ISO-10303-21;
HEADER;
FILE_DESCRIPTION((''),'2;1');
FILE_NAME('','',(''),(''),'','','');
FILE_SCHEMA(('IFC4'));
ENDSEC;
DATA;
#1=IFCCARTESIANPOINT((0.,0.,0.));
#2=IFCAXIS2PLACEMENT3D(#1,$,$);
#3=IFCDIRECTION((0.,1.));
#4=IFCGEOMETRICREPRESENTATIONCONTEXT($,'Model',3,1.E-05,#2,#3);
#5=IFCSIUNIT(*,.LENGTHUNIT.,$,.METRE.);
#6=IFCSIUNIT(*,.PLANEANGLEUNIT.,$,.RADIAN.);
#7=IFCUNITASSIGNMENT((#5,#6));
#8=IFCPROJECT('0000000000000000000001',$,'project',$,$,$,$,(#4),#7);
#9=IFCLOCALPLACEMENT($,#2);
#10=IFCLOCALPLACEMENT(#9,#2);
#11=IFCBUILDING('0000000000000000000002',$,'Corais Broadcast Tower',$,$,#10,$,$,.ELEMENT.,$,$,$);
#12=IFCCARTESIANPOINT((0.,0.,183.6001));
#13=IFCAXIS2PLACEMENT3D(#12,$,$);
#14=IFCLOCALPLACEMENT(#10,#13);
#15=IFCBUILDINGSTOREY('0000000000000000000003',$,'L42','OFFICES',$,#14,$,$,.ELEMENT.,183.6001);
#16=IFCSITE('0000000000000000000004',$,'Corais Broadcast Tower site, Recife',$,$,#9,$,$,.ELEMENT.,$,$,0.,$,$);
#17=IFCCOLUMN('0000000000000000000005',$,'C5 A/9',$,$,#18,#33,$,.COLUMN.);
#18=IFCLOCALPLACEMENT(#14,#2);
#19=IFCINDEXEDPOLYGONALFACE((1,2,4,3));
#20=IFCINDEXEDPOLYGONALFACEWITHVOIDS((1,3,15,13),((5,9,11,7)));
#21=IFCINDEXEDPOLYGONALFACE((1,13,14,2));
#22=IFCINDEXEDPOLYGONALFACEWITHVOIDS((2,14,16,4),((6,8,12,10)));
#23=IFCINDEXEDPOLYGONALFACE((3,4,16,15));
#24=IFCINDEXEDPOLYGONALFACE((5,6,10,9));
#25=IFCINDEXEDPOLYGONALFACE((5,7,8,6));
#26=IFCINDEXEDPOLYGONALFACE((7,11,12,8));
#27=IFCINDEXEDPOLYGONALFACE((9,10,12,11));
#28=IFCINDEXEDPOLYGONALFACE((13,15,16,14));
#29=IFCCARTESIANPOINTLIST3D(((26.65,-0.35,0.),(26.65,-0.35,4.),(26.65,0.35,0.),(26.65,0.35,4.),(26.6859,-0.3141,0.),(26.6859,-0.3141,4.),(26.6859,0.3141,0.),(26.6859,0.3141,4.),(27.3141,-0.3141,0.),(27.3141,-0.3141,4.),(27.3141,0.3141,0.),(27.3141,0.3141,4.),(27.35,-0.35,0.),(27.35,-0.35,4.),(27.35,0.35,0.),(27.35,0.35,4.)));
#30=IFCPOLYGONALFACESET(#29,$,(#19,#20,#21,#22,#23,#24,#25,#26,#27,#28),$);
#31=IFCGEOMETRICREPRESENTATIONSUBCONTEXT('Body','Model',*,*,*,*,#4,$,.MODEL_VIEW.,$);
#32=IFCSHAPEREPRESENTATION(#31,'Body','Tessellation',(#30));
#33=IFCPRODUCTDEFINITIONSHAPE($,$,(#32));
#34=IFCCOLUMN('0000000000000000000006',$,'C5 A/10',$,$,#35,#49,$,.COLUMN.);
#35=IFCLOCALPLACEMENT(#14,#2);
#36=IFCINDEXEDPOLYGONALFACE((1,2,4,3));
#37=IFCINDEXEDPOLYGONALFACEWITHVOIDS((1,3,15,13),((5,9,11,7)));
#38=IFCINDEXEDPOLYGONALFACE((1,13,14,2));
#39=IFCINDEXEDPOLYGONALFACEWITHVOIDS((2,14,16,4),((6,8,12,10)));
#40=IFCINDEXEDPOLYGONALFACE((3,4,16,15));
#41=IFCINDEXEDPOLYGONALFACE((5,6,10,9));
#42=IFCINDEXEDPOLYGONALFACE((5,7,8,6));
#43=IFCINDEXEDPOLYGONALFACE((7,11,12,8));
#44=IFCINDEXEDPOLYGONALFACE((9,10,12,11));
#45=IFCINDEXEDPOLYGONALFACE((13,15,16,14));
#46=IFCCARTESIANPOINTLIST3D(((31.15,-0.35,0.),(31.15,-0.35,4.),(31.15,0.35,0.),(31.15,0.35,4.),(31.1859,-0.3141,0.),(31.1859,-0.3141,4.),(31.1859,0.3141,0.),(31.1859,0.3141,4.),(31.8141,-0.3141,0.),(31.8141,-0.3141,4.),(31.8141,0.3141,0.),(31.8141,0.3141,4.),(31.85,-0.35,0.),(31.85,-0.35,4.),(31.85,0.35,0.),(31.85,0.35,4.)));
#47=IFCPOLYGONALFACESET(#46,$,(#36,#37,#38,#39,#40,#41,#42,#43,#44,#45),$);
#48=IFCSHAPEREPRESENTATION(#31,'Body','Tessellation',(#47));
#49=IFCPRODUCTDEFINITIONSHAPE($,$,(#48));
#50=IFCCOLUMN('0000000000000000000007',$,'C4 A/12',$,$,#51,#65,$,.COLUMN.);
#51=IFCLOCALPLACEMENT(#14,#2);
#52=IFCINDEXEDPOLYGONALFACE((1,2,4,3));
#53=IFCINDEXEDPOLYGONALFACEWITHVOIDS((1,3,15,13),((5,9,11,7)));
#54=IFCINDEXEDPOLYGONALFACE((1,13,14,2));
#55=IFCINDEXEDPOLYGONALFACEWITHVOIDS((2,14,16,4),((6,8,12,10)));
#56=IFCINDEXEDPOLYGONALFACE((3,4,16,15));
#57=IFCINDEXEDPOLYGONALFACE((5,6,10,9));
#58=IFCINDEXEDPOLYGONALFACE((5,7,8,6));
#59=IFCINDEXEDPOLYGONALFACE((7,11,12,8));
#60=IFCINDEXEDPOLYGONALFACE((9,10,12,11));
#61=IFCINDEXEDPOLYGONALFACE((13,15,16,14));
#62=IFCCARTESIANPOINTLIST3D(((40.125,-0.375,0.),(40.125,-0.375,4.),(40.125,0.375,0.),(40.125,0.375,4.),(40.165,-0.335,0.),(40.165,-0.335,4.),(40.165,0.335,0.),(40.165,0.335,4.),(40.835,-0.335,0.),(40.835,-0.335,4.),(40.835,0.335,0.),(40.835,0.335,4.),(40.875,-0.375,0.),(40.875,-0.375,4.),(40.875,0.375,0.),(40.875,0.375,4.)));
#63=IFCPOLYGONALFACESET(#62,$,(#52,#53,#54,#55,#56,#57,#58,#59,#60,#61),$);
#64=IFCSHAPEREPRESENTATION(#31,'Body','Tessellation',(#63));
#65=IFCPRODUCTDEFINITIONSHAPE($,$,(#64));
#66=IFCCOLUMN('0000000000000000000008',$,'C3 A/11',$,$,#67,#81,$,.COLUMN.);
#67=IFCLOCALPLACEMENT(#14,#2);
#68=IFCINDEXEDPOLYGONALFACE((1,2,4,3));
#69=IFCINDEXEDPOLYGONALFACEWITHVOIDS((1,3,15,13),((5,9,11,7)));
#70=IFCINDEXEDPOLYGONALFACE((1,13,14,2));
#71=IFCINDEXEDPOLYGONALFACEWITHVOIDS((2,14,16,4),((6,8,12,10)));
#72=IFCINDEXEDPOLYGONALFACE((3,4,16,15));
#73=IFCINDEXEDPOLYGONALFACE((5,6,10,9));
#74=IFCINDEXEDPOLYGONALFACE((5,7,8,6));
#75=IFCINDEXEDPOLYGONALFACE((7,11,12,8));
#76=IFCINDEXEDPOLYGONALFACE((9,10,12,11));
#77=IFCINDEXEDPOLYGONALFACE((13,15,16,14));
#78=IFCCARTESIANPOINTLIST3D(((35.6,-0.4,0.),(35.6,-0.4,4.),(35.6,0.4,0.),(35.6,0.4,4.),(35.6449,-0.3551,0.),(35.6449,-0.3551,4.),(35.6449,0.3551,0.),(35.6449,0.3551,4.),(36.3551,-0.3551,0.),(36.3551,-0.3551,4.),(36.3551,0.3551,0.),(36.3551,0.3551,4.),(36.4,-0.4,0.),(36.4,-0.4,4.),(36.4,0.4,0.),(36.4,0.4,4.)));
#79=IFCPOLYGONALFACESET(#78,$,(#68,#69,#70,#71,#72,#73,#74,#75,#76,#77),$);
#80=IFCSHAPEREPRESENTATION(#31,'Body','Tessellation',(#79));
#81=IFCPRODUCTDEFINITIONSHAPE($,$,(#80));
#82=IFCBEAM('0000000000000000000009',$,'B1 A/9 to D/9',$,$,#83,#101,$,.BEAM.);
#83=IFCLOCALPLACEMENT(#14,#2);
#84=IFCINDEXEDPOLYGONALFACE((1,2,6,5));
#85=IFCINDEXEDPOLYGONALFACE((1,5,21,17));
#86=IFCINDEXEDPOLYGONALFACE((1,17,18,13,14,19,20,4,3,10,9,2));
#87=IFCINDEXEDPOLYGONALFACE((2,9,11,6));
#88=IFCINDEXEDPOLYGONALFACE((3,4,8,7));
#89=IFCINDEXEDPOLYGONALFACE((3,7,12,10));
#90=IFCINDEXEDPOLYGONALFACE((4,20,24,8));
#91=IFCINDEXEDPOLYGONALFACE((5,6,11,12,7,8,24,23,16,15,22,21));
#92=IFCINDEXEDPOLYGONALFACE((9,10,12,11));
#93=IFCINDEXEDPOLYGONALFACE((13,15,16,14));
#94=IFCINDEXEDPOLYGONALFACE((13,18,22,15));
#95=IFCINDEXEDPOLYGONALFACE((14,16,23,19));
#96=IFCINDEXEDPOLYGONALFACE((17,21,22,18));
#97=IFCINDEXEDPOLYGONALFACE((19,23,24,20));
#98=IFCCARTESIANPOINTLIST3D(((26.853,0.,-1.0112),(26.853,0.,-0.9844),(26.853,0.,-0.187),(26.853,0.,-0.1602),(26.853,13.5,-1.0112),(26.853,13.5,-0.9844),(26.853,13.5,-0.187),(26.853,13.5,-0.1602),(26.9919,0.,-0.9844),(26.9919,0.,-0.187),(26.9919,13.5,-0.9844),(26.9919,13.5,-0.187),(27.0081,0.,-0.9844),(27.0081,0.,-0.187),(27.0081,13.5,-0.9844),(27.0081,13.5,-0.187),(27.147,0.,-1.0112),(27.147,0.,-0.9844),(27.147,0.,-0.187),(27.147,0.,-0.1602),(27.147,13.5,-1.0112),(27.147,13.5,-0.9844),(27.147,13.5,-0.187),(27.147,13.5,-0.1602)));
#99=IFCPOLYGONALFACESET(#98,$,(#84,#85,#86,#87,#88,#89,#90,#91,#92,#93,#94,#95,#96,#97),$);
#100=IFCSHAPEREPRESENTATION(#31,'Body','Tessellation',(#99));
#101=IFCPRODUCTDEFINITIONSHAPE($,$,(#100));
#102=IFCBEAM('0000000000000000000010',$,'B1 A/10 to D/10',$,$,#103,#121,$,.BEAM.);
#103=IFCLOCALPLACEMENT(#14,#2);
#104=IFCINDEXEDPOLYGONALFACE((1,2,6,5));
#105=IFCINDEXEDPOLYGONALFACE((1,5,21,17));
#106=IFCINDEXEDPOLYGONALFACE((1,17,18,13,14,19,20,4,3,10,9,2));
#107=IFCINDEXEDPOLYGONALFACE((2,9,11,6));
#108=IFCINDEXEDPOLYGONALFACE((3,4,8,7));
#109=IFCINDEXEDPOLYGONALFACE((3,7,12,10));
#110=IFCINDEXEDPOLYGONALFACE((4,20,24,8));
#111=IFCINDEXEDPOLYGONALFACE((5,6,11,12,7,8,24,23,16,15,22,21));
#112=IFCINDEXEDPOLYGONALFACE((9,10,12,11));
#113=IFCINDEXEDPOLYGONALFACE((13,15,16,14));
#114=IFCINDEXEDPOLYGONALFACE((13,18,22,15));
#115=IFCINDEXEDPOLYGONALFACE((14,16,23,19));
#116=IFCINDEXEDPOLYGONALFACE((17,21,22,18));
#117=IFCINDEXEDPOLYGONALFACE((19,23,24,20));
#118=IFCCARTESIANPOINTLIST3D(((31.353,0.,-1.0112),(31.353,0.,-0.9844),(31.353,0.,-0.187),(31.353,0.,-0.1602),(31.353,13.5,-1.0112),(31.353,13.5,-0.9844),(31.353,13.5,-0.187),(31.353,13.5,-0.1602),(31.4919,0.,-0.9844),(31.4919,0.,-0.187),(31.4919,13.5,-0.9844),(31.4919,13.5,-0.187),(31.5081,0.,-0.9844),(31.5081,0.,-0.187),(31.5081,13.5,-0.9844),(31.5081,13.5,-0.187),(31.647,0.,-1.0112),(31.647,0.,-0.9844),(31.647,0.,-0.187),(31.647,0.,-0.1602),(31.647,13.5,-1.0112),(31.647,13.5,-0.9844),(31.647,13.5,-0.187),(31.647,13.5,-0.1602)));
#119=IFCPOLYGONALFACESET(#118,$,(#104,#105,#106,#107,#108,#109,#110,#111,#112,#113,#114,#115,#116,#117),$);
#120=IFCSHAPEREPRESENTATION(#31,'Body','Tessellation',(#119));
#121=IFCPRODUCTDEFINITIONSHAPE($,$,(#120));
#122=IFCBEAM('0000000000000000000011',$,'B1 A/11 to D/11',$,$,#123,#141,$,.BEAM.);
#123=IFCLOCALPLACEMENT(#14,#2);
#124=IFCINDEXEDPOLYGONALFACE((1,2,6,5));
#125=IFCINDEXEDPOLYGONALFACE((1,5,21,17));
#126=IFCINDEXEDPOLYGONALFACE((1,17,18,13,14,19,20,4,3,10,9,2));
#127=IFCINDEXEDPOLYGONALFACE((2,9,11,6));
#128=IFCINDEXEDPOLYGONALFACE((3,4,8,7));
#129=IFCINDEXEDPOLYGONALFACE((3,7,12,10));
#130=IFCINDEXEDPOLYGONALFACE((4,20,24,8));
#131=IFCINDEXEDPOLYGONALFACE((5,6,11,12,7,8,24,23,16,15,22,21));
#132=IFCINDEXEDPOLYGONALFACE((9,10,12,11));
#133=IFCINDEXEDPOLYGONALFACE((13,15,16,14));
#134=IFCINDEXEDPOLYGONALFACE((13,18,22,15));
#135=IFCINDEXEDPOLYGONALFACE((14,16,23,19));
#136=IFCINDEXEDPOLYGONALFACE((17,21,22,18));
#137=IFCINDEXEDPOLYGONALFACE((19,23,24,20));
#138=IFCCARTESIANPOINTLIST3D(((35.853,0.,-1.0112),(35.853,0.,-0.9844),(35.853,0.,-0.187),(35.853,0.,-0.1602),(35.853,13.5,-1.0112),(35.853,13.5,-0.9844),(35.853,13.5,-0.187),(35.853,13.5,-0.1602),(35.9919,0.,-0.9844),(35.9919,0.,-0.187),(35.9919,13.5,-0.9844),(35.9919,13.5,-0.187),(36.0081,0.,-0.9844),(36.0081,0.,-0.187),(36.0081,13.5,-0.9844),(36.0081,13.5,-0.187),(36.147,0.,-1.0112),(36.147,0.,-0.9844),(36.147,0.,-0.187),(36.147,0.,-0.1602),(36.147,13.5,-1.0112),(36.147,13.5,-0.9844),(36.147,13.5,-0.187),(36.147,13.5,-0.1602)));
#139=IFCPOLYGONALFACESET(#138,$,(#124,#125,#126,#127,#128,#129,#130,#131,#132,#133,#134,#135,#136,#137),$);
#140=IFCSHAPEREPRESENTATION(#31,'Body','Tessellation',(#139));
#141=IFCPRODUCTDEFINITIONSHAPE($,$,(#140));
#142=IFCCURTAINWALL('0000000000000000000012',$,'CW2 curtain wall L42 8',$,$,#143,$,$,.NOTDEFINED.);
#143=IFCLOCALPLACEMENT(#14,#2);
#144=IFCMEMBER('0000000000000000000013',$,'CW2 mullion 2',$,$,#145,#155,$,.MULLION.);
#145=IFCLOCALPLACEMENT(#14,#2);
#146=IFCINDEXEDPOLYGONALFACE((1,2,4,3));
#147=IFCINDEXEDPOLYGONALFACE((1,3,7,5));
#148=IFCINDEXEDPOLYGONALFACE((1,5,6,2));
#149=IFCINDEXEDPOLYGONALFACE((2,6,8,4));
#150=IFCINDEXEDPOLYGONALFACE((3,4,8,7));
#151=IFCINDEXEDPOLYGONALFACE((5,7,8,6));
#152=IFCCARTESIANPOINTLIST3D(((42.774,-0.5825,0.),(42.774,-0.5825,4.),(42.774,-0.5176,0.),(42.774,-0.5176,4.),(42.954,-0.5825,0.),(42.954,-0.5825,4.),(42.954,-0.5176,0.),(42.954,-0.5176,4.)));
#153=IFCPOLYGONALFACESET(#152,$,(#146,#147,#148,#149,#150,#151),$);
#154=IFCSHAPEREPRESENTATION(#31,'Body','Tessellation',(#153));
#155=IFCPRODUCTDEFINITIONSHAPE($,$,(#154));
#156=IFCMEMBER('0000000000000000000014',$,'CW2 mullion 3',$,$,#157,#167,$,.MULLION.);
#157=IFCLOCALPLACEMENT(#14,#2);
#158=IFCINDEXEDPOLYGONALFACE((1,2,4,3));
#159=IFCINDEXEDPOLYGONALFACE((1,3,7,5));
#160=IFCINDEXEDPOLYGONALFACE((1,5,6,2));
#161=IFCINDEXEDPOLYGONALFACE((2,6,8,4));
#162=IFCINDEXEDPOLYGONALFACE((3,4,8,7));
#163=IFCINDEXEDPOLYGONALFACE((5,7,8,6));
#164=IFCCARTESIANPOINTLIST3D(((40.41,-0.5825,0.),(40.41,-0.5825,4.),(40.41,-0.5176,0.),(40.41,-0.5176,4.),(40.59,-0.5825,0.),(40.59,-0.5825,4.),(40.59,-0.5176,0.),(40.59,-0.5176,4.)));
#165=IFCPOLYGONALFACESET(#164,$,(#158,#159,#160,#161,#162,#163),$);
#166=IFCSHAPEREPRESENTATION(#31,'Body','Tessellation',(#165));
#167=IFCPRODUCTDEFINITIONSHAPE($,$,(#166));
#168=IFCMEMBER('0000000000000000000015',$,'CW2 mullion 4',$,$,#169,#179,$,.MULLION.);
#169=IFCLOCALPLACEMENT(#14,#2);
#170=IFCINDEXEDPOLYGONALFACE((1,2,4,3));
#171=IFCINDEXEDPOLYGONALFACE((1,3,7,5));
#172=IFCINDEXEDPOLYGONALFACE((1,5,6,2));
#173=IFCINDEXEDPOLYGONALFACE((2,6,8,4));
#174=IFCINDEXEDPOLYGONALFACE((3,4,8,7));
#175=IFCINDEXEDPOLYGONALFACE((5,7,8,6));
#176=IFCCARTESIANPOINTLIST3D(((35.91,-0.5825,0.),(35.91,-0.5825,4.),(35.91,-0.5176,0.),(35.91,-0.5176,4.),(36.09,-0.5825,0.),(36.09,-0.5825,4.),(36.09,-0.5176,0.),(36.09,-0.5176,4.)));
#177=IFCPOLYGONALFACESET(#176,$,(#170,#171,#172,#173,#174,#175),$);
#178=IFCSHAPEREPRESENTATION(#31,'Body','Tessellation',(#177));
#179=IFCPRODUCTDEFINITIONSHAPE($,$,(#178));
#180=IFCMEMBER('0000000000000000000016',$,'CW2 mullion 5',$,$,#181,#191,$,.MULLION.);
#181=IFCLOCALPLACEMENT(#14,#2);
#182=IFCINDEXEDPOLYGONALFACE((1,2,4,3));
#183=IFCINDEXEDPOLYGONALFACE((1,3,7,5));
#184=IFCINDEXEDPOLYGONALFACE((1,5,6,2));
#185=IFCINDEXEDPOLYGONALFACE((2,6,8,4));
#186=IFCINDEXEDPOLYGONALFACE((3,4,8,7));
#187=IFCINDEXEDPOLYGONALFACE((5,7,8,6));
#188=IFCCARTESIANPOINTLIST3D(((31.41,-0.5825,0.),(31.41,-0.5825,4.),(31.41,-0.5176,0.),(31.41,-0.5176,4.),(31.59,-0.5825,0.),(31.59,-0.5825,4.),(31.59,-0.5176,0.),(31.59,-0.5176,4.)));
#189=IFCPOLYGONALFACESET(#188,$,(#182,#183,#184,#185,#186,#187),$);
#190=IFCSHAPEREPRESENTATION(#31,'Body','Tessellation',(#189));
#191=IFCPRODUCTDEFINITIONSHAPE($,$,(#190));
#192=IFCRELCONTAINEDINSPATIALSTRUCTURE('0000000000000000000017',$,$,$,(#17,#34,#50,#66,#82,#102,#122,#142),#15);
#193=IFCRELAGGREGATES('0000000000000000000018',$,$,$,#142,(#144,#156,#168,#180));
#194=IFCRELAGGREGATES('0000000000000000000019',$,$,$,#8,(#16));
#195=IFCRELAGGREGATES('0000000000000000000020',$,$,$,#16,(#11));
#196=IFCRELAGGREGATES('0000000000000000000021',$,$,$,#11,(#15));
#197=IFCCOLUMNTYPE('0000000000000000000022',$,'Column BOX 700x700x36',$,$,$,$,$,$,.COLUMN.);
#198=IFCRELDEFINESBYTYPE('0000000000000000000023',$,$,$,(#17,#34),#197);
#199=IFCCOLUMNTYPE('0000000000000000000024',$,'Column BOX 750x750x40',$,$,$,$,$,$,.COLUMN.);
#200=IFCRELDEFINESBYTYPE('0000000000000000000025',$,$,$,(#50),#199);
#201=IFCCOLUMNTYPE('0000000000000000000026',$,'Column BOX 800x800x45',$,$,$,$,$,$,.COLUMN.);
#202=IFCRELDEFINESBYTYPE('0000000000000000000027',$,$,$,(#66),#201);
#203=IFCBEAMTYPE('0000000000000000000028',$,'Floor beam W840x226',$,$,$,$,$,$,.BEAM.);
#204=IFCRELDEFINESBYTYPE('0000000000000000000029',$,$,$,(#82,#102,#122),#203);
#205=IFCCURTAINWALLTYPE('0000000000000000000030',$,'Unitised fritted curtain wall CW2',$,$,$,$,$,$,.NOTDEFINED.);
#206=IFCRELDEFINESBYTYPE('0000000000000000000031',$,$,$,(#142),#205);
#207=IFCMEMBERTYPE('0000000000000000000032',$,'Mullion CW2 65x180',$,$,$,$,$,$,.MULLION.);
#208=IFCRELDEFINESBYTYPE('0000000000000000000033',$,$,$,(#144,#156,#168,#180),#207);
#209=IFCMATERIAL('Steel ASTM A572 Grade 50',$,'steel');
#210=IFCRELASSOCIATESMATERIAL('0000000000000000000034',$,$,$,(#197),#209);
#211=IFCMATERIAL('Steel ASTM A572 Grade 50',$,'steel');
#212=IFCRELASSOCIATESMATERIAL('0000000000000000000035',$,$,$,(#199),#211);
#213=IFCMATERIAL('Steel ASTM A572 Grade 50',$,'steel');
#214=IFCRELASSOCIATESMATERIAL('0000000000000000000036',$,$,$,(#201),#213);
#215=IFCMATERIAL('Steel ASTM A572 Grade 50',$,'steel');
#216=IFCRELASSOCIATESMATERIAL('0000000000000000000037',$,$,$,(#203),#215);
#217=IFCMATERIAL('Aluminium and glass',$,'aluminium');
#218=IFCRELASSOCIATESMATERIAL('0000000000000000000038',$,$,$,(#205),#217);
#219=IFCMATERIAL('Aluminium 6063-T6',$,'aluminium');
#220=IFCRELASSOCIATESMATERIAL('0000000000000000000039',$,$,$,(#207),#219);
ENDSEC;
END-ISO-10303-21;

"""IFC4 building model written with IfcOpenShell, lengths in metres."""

from ifc_helpers import new_model, si_unit, direction, frame, origin, origin_2d, place, context, subcontext, project, spatial, rectangle, hollow_rectangle, i_section, extrude, material, material_profile, profile_set, type_object, element, aggregate, save


model = new_model("IFC4")

# Units and contexts
model_context = context("Model", 3, precision=1e-05, world=origin(), true_north=direction((0.0, 1.0)))
body_context = subcontext(model_context, "Body", "Model", "MODEL_VIEW")
ifc_project = project(units=[si_unit("LENGTHUNIT", "METRE"), si_unit("PLANEANGLEUNIT", "RADIAN")], contexts=[model_context])

# Site, building, storey
site_placement = place(None, origin())
site = spatial("IfcSite", under=ifc_project, at=site_placement, Name="Corais Broadcast Tower site, Recife", CompositionType="ELEMENT", RefElevation=0.0)
building_placement = place(site_placement, origin())
building = spatial("IfcBuilding", under=site, at=building_placement, Name="Corais Broadcast Tower", CompositionType="ELEMENT")
storey_placement = place(building_placement, frame((0.0, 0.0, 183.6001)))
storey = spatial("IfcBuildingStorey", under=building, at=storey_placement, Name="L42", Description="OFFICES", CompositionType="ELEMENT", Elevation=183.6001)

# Columns
ifc_material_1 = material(Name="Steel ASTM A572 Grade 50", Category="steel")
ifc_material_profile_1 = material_profile(ifc_material_1, hollow_rectangle(XDim=0.7, YDim=0.7, WallThickness=0.0359, at=origin_2d()), Name="BOX 700x700x36")
ifc_profile_set_1 = profile_set([ifc_material_profile_1], Name="Steel ASTM A572 Grade 50")
column_type_1 = type_object("IfcColumnType", Name="Column BOX 700x700x36", PredefinedType="COLUMN", material=ifc_profile_set_1)
for number, where, z_axis, x_axis, name in (
    (1, (27.0, 0.0, 0.0), (0.0, 0.0, 1.0), (1.0, 0.0, 0.0), "C5 A/9"),
    (2, (31.5, 0.0, 0.0), (0.0, 0.0, 1.0), (1.0, 0.0, 0.0), "C5 A/10"),
):
    element("IfcColumn", number, at=place(storey_placement, frame(where, z_axis=z_axis, x_axis=x_axis)), inside=storey, type_object=column_type_1, Name=name, PredefinedType="COLUMN", context=body_context, shape_type="SweptSolid", body=[
        extrude(hollow_rectangle(XDim=0.7, YDim=0.7, WallThickness=0.0359, at=origin_2d()), origin(), (0.0, 0.0, 1.0), 4.0),
    ])
ifc_material_2 = material(Name="Steel ASTM A572 Grade 50", Category="steel")
ifc_material_profile_2 = material_profile(ifc_material_2, hollow_rectangle(XDim=0.75, YDim=0.75, WallThickness=0.04, at=origin_2d()), Name="BOX 750x750x40")
ifc_profile_set_2 = profile_set([ifc_material_profile_2], Name="Steel ASTM A572 Grade 50")
column_type_2 = type_object("IfcColumnType", Name="Column BOX 750x750x40", PredefinedType="COLUMN", material=ifc_profile_set_2)
column_1_placement = place(storey_placement, frame((40.5, 0.0, 0.0), z_axis=(0.0, 0.0, 1.0), x_axis=(1.0, 0.0, 0.0)))
element("IfcColumn", 3, at=column_1_placement, inside=storey, type_object=column_type_2, Name="C4 A/12", PredefinedType="COLUMN", context=body_context, shape_type="SweptSolid", body=[
    extrude(hollow_rectangle(XDim=0.75, YDim=0.75, WallThickness=0.04, at=origin_2d()), origin(), (0.0, 0.0, 1.0), 4.0),
])
ifc_material_3 = material(Name="Steel ASTM A572 Grade 50", Category="steel")
ifc_material_profile_3 = material_profile(ifc_material_3, hollow_rectangle(XDim=0.8, YDim=0.8, WallThickness=0.0449, at=origin_2d()), Name="BOX 800x800x45")
ifc_profile_set_3 = profile_set([ifc_material_profile_3], Name="Steel ASTM A572 Grade 50")
column_type_3 = type_object("IfcColumnType", Name="Column BOX 800x800x45", PredefinedType="COLUMN", material=ifc_profile_set_3)
column_2_placement = place(storey_placement, frame((36.0, 0.0, 0.0), z_axis=(0.0, 0.0, 1.0), x_axis=(1.0, 0.0, 0.0)))
element("IfcColumn", 4, at=column_2_placement, inside=storey, type_object=column_type_3, Name="C3 A/11", PredefinedType="COLUMN", context=body_context, shape_type="SweptSolid", body=[
    extrude(hollow_rectangle(XDim=0.8, YDim=0.8, WallThickness=0.0449, at=origin_2d()), origin(), (0.0, 0.0, 1.0), 4.0),
])

# Beams
ifc_material_4 = material(Name="Steel ASTM A572 Grade 50", Category="steel")
ifc_material_profile_4 = material_profile(ifc_material_4, i_section(OverallWidth=0.2939, OverallDepth=0.8511, WebThickness=0.0161, FlangeThickness=0.0269, at=origin_2d()), Name="W840x226")
ifc_profile_set_4 = profile_set([ifc_material_profile_4], Name="Steel ASTM A572 Grade 50")
beam_type_1 = type_object("IfcBeamType", Name="Floor beam W840x226", PredefinedType="BEAM", material=ifc_profile_set_4)
for number, where, z_axis, x_axis, name in (
    (5, (27.0, 0.0, -0.5857), (0.0, 1.0, 0.0), (-1.0, 0.0, 0.0), "B1 A/9 to D/9"),
    (6, (31.5, 0.0, -0.5857), (0.0, 1.0, 0.0), (-1.0, 0.0, 0.0), "B1 A/10 to D/10"),
    (7, (36.0, 0.0, -0.5857), (0.0, 1.0, 0.0), (-1.0, 0.0, 0.0), "B1 A/11 to D/11"),
):
    element("IfcBeam", number, at=place(storey_placement, frame(where, z_axis=z_axis, x_axis=x_axis)), inside=storey, type_object=beam_type_1, Name=name, PredefinedType="BEAM", context=body_context, shape_type="SweptSolid", body=[
        extrude(i_section(OverallWidth=0.2939, OverallDepth=0.8511, WebThickness=0.0161, FlangeThickness=0.0269, at=origin_2d()), origin(), (0.0, 0.0, 1.0), 13.5),
    ])

# Curtain wall, members
ifc_material_5 = material(Name="Aluminium and glass", Category="aluminium")
curtain_wall_type = type_object("IfcCurtainWallType", Name="Unitised fritted curtain wall CW2", PredefinedType="NOTDEFINED", material=ifc_material_5)
curtain_wall_placement = place(storey_placement, origin())
curtain_wall = element("IfcCurtainWall", 8, at=curtain_wall_placement, inside=storey, type_object=curtain_wall_type, Name="CW2 curtain wall L42 8", PredefinedType="NOTDEFINED")
ifc_material_6 = material(Name="Aluminium 6063-T6", Category="aluminium")
ifc_material_profile_5 = material_profile(ifc_material_6, rectangle(XDim=0.0649, YDim=0.1799, at=origin_2d()), Name="Mullion CW2 65x180")
ifc_profile_set_5 = profile_set([ifc_material_profile_5], Name="Aluminium 6063-T6")
member_type_1 = type_object("IfcMemberType", Name="Mullion CW2 65x180", PredefinedType="MULLION", material=ifc_profile_set_5)
member_1_placement = place(storey_placement, frame((42.864, -0.55, 0.0), z_axis=(0.0, 0.0, 1.0), x_axis=(0.0, -1.0, 0.0)))
member_1 = element("IfcMember", 9, at=member_1_placement, type_object=member_type_1, Name="CW2 mullion 2", PredefinedType="MULLION", context=body_context, shape_type="SweptSolid", body=[
    extrude(rectangle(XDim=0.0649, YDim=0.1799, at=origin_2d()), origin(), (0.0, 0.0, 1.0), 4.0),
])
member_2_placement = place(storey_placement, frame((40.5, -0.55, 0.0), z_axis=(0.0, 0.0, 1.0), x_axis=(0.0, -1.0, 0.0)))
member_2 = element("IfcMember", 10, at=member_2_placement, type_object=member_type_1, Name="CW2 mullion 3", PredefinedType="MULLION", context=body_context, shape_type="SweptSolid", body=[
    extrude(rectangle(XDim=0.0649, YDim=0.1799, at=origin_2d()), origin(), (0.0, 0.0, 1.0), 4.0),
])
member_3_placement = place(storey_placement, frame((36.0, -0.55, 0.0), z_axis=(0.0, 0.0, 1.0), x_axis=(0.0, -1.0, 0.0)))
member_3 = element("IfcMember", 11, at=member_3_placement, type_object=member_type_1, Name="CW2 mullion 4", PredefinedType="MULLION", context=body_context, shape_type="SweptSolid", body=[
    extrude(rectangle(XDim=0.0649, YDim=0.1799, at=origin_2d()), origin(), (0.0, 0.0, 1.0), 4.0),
])
member_4_placement = place(storey_placement, frame((31.5, -0.55, 0.0), z_axis=(0.0, 0.0, 1.0), x_axis=(0.0, -1.0, 0.0)))
member_4 = element("IfcMember", 12, at=member_4_placement, type_object=member_type_1, Name="CW2 mullion 5", PredefinedType="MULLION", context=body_context, shape_type="SweptSolid", body=[
    extrude(rectangle(XDim=0.0649, YDim=0.1799, at=origin_2d()), origin(), (0.0, 0.0, 1.0), 4.0),
])

aggregate(curtain_wall, [member_1, member_2, member_3, member_4])

save(model, "model.ifc")
